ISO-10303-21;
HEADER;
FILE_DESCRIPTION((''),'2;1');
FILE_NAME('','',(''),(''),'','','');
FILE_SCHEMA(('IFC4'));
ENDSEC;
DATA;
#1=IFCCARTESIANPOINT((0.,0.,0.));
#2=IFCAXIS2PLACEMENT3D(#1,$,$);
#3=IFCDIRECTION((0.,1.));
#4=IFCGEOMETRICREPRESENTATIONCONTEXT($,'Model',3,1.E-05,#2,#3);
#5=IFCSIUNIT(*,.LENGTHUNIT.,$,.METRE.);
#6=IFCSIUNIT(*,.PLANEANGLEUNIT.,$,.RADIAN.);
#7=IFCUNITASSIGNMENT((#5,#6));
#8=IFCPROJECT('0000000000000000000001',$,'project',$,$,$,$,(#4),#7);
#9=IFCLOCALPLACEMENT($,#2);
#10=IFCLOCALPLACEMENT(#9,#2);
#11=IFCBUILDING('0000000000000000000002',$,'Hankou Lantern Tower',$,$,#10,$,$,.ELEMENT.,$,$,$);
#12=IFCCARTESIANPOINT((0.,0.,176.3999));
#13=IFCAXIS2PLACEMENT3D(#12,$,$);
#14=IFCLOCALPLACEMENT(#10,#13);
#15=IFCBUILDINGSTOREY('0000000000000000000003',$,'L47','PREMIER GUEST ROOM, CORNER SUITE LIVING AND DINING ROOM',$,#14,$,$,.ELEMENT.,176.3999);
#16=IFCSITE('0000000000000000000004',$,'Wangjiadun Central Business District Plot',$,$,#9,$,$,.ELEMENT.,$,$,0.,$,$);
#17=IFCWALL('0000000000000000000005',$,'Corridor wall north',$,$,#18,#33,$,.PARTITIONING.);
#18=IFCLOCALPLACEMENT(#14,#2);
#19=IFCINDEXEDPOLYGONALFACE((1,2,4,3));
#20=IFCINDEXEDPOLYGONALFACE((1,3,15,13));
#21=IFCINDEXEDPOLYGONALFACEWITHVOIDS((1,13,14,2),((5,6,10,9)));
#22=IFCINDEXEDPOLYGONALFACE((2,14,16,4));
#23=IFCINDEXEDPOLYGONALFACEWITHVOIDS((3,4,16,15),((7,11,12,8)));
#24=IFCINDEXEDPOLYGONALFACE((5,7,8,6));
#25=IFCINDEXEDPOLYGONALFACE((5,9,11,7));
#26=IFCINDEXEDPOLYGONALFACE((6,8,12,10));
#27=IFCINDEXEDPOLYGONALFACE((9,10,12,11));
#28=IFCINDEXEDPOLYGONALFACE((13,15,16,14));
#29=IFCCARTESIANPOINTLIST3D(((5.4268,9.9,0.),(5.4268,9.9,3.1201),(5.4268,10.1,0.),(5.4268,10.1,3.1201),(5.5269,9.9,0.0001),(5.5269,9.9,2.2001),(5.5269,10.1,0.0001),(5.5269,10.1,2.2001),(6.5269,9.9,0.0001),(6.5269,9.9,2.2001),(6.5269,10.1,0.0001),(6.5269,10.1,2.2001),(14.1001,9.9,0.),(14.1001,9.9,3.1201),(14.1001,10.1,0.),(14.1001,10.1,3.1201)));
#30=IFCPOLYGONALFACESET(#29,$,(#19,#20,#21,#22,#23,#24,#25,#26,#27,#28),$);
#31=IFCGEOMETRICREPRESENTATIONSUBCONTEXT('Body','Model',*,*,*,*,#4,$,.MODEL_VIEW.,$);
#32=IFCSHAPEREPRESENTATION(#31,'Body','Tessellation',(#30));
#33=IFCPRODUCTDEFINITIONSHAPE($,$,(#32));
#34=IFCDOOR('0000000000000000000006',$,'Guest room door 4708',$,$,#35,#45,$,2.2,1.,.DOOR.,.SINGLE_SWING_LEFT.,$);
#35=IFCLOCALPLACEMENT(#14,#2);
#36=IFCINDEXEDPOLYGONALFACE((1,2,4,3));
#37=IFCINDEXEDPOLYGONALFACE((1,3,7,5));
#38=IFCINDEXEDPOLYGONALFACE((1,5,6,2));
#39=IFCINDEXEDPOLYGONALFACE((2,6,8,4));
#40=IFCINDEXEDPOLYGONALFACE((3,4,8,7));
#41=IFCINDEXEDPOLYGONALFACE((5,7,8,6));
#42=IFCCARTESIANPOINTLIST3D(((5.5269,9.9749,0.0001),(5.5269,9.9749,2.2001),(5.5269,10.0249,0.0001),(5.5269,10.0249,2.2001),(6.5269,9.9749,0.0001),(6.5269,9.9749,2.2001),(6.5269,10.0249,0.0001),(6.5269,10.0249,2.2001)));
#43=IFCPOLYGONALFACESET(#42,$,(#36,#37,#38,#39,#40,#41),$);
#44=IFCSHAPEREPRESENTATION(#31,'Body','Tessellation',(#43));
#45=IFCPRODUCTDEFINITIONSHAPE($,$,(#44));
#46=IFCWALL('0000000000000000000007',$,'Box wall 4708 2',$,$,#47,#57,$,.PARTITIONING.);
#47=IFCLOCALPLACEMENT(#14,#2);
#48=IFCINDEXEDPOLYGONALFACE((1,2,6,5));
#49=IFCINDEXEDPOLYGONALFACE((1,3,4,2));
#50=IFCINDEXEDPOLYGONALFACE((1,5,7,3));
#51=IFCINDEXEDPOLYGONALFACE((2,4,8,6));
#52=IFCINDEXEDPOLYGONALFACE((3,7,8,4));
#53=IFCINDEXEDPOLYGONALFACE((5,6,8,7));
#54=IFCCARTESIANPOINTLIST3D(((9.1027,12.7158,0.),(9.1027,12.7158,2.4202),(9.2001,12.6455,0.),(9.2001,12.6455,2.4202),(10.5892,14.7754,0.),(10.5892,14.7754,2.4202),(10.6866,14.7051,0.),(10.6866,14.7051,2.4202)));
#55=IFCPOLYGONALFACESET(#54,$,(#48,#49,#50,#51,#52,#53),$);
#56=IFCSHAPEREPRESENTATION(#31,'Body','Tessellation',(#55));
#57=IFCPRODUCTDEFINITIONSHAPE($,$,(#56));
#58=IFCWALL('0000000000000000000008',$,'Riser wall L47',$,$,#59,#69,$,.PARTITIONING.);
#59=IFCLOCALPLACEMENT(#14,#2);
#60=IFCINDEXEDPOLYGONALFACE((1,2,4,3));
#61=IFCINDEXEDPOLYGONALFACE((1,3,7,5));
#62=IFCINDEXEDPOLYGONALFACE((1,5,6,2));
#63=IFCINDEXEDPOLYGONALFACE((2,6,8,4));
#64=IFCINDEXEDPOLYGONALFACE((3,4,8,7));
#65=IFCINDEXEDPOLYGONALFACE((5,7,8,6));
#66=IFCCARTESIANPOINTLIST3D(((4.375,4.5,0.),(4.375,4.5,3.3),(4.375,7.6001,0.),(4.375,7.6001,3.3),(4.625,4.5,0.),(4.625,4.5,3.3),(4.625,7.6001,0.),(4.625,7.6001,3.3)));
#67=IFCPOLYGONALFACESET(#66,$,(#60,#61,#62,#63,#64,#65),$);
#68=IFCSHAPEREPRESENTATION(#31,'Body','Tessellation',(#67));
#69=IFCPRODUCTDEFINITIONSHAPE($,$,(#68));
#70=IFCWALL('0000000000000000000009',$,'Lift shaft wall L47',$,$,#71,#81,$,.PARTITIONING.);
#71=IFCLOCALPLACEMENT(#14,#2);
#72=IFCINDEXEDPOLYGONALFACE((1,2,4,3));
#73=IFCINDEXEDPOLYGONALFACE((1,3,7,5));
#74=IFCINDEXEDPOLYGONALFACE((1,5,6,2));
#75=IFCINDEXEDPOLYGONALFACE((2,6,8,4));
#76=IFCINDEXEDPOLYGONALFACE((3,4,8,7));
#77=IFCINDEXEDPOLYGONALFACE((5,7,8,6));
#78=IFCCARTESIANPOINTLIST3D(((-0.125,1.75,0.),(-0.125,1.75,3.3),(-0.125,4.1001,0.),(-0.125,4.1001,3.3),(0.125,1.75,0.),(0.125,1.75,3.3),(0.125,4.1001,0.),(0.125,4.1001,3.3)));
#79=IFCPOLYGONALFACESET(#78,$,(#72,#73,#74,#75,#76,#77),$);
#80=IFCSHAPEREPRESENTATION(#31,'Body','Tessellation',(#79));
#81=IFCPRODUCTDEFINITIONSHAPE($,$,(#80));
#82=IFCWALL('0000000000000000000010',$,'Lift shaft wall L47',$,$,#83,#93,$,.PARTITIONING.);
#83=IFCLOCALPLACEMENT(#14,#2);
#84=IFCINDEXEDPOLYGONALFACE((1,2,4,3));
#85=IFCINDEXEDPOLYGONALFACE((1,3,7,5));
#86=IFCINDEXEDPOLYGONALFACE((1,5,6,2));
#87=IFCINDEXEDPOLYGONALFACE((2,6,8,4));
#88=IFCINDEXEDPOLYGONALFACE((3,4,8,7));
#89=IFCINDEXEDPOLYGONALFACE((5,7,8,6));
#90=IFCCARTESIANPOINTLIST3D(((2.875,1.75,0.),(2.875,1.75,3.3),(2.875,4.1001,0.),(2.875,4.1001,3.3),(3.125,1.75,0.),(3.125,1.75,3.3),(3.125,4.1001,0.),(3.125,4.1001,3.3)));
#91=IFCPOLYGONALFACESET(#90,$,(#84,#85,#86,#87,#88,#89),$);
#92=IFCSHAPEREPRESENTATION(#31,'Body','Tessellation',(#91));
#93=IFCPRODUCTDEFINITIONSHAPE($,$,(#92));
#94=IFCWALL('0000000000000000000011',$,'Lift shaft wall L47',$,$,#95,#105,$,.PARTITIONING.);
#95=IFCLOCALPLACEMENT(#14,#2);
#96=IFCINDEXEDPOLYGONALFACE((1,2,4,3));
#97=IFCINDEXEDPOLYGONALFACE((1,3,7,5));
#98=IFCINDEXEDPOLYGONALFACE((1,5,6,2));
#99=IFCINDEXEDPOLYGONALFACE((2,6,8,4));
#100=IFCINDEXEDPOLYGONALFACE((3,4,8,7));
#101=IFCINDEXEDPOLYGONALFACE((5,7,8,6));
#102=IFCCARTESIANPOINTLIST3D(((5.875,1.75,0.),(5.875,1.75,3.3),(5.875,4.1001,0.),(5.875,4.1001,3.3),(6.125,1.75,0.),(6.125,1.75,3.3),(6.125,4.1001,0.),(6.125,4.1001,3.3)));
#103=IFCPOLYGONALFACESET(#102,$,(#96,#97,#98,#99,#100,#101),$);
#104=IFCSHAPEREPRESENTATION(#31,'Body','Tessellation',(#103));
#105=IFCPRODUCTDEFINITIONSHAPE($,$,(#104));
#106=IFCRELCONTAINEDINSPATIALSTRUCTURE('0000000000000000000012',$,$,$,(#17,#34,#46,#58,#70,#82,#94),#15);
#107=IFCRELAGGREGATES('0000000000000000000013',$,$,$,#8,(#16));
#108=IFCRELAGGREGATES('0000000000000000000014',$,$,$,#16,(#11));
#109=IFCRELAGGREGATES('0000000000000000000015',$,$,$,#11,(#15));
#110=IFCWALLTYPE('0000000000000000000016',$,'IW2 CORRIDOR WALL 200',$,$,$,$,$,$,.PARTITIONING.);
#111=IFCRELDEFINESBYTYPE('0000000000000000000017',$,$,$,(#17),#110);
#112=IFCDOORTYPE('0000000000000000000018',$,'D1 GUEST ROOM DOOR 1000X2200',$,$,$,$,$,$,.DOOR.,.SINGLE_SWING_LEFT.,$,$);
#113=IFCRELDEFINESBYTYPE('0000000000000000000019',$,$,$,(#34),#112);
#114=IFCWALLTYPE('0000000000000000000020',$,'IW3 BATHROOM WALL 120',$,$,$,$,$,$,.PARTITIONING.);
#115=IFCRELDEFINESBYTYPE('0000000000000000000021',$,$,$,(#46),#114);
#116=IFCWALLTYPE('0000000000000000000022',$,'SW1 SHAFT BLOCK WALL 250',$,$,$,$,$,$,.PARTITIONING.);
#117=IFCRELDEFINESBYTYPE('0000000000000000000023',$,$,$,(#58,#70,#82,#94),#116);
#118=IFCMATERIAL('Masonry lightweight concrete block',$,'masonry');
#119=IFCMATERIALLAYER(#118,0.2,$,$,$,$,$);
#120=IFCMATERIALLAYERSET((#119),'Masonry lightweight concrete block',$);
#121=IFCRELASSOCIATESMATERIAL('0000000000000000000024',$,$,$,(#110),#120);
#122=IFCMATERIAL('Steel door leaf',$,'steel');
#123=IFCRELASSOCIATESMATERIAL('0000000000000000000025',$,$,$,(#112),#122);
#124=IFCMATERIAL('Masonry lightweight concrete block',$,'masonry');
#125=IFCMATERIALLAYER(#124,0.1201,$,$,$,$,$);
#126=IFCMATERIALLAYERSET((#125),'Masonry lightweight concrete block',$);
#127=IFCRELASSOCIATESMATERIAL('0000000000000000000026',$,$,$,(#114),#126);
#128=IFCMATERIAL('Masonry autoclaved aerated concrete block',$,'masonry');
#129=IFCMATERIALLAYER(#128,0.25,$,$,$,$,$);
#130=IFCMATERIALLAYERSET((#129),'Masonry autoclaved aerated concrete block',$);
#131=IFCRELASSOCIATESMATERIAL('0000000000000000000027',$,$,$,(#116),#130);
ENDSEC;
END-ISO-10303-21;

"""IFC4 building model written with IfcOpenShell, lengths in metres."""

from ifc_helpers import new_model, si_unit, direction, frame, frame_2d, origin, place, context, subcontext, project, spatial, rectangle, extrude, material, layer, layer_set, type_object, element, fill, save


model = new_model("IFC4")

# Units and contexts
model_context = context("Model", 3, precision=1e-05, world=origin(), true_north=direction((0.0, 1.0)))
body_context = subcontext(model_context, "Body", "Model", "MODEL_VIEW")
ifc_project = project(units=[si_unit("LENGTHUNIT", "METRE"), si_unit("PLANEANGLEUNIT", "RADIAN")], contexts=[model_context])

# Site, building, storey
site_placement = place(None, origin())
site = spatial("IfcSite", under=ifc_project, at=site_placement, Name="Wangjiadun Central Business District Plot", CompositionType="ELEMENT", RefElevation=0.0)
building_placement = place(site_placement, origin())
building = spatial("IfcBuilding", under=site, at=building_placement, Name="Hankou Lantern Tower", CompositionType="ELEMENT")
storey_placement = place(building_placement, frame((0.0, 0.0, 176.3999)))
storey = spatial("IfcBuildingStorey", under=building, at=storey_placement, Name="L47", Description="PREMIER GUEST ROOM, CORNER SUITE LIVING AND DINING ROOM", CompositionType="ELEMENT", Elevation=176.3999)

# Shared definitions
ifc_material_1 = material(Name="Masonry lightweight concrete block", Category="masonry")
ifc_layer_1 = layer(ifc_material_1, 0.2)
ifc_layer_set_1 = layer_set([ifc_layer_1], Name="Masonry lightweight concrete block")
wall_type_1 = type_object("IfcWallType", Name="IW2 CORRIDOR WALL 200", PredefinedType="PARTITIONING", material=ifc_layer_set_1)
ifc_material_2 = material(Name="Steel door leaf", Category="steel")
door_type_1 = type_object("IfcDoorType", Name="D1 GUEST ROOM DOOR 1000X2200", OperationType="SINGLE_SWING_LEFT", PredefinedType="DOOR", material=ifc_material_2)

# Wall, opening, door
wall_1_placement = place(storey_placement, frame((5.4268, 10.0, 0.0), z_axis=(0.0, 0.0, 1.0), x_axis=(1.0, 0.0, 0.0)))
wall_1 = element("IfcWall", 1, at=wall_1_placement, inside=storey, type_object=wall_type_1, Name="Corridor wall north", PredefinedType="PARTITIONING", context=body_context, shape_type="SweptSolid", body=[
    extrude(rectangle(XDim=8.6733, YDim=0.2, at=frame_2d((4.3367, 0.0))), origin(), (0.0, 0.0, 1.0), 3.1201),
])
opening_1_placement = place(wall_1_placement, frame((0.1001, 0.0, 0.0)))
opening_1 = element("IfcOpeningElement", 2, at=opening_1_placement, cuts=wall_1, PredefinedType="OPENING", context=body_context, shape_type="SweptSolid", body=[
    extrude(rectangle(XDim=1.0, YDim=2.2, at=frame_2d((0.5, 1.1001))), frame((0.0, 0.1099, 0.0), z_axis=(0.0, -1.0, 0.0), x_axis=(1.0, 0.0, 0.0)), (0.0, 0.0, 1.0), 0.22),
])
door_1_placement = place(opening_1_placement, origin())
door_1 = element("IfcDoor", 3, at=door_1_placement, inside=storey, type_object=door_type_1, Name="Guest room door 4708", OperationType="SINGLE_SWING_LEFT", OverallHeight=2.2, OverallWidth=1.0, PredefinedType="DOOR", context=body_context, shape_type="SweptSolid", body=[
    extrude(rectangle(XDim=1.0, YDim=2.2, at=frame_2d((0.5, 1.1001))), frame((0.0, 0.0249, 0.0), z_axis=(0.0, -1.0, 0.0), x_axis=(1.0, 0.0, 0.0)), (0.0, 0.0, 1.0), 0.05),
])
fill(opening_1, door_1)

# Walls
ifc_material_3 = material(Name="Masonry lightweight concrete block", Category="masonry")
ifc_layer_2 = layer(ifc_material_3, 0.1201)
ifc_layer_set_2 = layer_set([ifc_layer_2], Name="Masonry lightweight concrete block")
wall_type_2 = type_object("IfcWallType", Name="IW3 BATHROOM WALL 120", PredefinedType="PARTITIONING", material=ifc_layer_set_2)
wall_2_placement = place(storey_placement, frame((9.1514, 12.6807, 0.0), z_axis=(0.0, 0.0, 1.0), x_axis=(0.585259, 0.810846, 0.0)))
element("IfcWall", 4, at=wall_2_placement, inside=storey, type_object=wall_type_2, Name="Box wall 4708 2", PredefinedType="PARTITIONING", context=body_context, shape_type="SweptSolid", body=[
    extrude(rectangle(XDim=2.54, YDim=0.1201, at=frame_2d((1.27, 0.0))), origin(), (0.0, 0.0, 1.0), 2.4202),
])
ifc_material_4 = material(Name="Masonry autoclaved aerated concrete block", Category="masonry")
ifc_layer_3 = layer(ifc_material_4, 0.25)
ifc_layer_set_3 = layer_set([ifc_layer_3], Name="Masonry autoclaved aerated concrete block")
wall_type_3 = type_object("IfcWallType", Name="SW1 SHAFT BLOCK WALL 250", PredefinedType="PARTITIONING", material=ifc_layer_set_3)
wall_3_placement = place(storey_placement, frame((4.5, 4.5, 0.0), z_axis=(0.0, 0.0, 1.0), x_axis=(0.0, 1.0, 0.0)))
element("IfcWall", 5, at=wall_3_placement, inside=storey, type_object=wall_type_3, Name="Riser wall L47", PredefinedType="PARTITIONING", context=body_context, shape_type="SweptSolid", body=[
    extrude(rectangle(XDim=3.1001, YDim=0.25, at=frame_2d((1.55, 0.0))), origin(), (0.0, 0.0, 1.0), 3.3),
])
for number, where, z_axis, x_axis, name in (
    (6, (0.0, 1.75, 0.0), (0.0, 0.0, 1.0), (0.0, 1.0, 0.0), "Lift shaft wall L47"),
    (7, (3.0, 1.75, 0.0), (0.0, 0.0, 1.0), (0.0, 1.0, 0.0), "Lift shaft wall L47"),
    (8, (6.0, 1.75, 0.0), (0.0, 0.0, 1.0), (0.0, 1.0, 0.0), "Lift shaft wall L47"),
):
    element("IfcWall", number, at=place(storey_placement, frame(where, z_axis=z_axis, x_axis=x_axis)), inside=storey, type_object=wall_type_3, Name=name, PredefinedType="PARTITIONING", context=body_context, shape_type="SweptSolid", body=[
        extrude(rectangle(XDim=2.3501, YDim=0.25, at=frame_2d((1.175, 0.0))), origin(), (0.0, 0.0, 1.0), 3.3),
    ])

save(model, "model.ifc")
